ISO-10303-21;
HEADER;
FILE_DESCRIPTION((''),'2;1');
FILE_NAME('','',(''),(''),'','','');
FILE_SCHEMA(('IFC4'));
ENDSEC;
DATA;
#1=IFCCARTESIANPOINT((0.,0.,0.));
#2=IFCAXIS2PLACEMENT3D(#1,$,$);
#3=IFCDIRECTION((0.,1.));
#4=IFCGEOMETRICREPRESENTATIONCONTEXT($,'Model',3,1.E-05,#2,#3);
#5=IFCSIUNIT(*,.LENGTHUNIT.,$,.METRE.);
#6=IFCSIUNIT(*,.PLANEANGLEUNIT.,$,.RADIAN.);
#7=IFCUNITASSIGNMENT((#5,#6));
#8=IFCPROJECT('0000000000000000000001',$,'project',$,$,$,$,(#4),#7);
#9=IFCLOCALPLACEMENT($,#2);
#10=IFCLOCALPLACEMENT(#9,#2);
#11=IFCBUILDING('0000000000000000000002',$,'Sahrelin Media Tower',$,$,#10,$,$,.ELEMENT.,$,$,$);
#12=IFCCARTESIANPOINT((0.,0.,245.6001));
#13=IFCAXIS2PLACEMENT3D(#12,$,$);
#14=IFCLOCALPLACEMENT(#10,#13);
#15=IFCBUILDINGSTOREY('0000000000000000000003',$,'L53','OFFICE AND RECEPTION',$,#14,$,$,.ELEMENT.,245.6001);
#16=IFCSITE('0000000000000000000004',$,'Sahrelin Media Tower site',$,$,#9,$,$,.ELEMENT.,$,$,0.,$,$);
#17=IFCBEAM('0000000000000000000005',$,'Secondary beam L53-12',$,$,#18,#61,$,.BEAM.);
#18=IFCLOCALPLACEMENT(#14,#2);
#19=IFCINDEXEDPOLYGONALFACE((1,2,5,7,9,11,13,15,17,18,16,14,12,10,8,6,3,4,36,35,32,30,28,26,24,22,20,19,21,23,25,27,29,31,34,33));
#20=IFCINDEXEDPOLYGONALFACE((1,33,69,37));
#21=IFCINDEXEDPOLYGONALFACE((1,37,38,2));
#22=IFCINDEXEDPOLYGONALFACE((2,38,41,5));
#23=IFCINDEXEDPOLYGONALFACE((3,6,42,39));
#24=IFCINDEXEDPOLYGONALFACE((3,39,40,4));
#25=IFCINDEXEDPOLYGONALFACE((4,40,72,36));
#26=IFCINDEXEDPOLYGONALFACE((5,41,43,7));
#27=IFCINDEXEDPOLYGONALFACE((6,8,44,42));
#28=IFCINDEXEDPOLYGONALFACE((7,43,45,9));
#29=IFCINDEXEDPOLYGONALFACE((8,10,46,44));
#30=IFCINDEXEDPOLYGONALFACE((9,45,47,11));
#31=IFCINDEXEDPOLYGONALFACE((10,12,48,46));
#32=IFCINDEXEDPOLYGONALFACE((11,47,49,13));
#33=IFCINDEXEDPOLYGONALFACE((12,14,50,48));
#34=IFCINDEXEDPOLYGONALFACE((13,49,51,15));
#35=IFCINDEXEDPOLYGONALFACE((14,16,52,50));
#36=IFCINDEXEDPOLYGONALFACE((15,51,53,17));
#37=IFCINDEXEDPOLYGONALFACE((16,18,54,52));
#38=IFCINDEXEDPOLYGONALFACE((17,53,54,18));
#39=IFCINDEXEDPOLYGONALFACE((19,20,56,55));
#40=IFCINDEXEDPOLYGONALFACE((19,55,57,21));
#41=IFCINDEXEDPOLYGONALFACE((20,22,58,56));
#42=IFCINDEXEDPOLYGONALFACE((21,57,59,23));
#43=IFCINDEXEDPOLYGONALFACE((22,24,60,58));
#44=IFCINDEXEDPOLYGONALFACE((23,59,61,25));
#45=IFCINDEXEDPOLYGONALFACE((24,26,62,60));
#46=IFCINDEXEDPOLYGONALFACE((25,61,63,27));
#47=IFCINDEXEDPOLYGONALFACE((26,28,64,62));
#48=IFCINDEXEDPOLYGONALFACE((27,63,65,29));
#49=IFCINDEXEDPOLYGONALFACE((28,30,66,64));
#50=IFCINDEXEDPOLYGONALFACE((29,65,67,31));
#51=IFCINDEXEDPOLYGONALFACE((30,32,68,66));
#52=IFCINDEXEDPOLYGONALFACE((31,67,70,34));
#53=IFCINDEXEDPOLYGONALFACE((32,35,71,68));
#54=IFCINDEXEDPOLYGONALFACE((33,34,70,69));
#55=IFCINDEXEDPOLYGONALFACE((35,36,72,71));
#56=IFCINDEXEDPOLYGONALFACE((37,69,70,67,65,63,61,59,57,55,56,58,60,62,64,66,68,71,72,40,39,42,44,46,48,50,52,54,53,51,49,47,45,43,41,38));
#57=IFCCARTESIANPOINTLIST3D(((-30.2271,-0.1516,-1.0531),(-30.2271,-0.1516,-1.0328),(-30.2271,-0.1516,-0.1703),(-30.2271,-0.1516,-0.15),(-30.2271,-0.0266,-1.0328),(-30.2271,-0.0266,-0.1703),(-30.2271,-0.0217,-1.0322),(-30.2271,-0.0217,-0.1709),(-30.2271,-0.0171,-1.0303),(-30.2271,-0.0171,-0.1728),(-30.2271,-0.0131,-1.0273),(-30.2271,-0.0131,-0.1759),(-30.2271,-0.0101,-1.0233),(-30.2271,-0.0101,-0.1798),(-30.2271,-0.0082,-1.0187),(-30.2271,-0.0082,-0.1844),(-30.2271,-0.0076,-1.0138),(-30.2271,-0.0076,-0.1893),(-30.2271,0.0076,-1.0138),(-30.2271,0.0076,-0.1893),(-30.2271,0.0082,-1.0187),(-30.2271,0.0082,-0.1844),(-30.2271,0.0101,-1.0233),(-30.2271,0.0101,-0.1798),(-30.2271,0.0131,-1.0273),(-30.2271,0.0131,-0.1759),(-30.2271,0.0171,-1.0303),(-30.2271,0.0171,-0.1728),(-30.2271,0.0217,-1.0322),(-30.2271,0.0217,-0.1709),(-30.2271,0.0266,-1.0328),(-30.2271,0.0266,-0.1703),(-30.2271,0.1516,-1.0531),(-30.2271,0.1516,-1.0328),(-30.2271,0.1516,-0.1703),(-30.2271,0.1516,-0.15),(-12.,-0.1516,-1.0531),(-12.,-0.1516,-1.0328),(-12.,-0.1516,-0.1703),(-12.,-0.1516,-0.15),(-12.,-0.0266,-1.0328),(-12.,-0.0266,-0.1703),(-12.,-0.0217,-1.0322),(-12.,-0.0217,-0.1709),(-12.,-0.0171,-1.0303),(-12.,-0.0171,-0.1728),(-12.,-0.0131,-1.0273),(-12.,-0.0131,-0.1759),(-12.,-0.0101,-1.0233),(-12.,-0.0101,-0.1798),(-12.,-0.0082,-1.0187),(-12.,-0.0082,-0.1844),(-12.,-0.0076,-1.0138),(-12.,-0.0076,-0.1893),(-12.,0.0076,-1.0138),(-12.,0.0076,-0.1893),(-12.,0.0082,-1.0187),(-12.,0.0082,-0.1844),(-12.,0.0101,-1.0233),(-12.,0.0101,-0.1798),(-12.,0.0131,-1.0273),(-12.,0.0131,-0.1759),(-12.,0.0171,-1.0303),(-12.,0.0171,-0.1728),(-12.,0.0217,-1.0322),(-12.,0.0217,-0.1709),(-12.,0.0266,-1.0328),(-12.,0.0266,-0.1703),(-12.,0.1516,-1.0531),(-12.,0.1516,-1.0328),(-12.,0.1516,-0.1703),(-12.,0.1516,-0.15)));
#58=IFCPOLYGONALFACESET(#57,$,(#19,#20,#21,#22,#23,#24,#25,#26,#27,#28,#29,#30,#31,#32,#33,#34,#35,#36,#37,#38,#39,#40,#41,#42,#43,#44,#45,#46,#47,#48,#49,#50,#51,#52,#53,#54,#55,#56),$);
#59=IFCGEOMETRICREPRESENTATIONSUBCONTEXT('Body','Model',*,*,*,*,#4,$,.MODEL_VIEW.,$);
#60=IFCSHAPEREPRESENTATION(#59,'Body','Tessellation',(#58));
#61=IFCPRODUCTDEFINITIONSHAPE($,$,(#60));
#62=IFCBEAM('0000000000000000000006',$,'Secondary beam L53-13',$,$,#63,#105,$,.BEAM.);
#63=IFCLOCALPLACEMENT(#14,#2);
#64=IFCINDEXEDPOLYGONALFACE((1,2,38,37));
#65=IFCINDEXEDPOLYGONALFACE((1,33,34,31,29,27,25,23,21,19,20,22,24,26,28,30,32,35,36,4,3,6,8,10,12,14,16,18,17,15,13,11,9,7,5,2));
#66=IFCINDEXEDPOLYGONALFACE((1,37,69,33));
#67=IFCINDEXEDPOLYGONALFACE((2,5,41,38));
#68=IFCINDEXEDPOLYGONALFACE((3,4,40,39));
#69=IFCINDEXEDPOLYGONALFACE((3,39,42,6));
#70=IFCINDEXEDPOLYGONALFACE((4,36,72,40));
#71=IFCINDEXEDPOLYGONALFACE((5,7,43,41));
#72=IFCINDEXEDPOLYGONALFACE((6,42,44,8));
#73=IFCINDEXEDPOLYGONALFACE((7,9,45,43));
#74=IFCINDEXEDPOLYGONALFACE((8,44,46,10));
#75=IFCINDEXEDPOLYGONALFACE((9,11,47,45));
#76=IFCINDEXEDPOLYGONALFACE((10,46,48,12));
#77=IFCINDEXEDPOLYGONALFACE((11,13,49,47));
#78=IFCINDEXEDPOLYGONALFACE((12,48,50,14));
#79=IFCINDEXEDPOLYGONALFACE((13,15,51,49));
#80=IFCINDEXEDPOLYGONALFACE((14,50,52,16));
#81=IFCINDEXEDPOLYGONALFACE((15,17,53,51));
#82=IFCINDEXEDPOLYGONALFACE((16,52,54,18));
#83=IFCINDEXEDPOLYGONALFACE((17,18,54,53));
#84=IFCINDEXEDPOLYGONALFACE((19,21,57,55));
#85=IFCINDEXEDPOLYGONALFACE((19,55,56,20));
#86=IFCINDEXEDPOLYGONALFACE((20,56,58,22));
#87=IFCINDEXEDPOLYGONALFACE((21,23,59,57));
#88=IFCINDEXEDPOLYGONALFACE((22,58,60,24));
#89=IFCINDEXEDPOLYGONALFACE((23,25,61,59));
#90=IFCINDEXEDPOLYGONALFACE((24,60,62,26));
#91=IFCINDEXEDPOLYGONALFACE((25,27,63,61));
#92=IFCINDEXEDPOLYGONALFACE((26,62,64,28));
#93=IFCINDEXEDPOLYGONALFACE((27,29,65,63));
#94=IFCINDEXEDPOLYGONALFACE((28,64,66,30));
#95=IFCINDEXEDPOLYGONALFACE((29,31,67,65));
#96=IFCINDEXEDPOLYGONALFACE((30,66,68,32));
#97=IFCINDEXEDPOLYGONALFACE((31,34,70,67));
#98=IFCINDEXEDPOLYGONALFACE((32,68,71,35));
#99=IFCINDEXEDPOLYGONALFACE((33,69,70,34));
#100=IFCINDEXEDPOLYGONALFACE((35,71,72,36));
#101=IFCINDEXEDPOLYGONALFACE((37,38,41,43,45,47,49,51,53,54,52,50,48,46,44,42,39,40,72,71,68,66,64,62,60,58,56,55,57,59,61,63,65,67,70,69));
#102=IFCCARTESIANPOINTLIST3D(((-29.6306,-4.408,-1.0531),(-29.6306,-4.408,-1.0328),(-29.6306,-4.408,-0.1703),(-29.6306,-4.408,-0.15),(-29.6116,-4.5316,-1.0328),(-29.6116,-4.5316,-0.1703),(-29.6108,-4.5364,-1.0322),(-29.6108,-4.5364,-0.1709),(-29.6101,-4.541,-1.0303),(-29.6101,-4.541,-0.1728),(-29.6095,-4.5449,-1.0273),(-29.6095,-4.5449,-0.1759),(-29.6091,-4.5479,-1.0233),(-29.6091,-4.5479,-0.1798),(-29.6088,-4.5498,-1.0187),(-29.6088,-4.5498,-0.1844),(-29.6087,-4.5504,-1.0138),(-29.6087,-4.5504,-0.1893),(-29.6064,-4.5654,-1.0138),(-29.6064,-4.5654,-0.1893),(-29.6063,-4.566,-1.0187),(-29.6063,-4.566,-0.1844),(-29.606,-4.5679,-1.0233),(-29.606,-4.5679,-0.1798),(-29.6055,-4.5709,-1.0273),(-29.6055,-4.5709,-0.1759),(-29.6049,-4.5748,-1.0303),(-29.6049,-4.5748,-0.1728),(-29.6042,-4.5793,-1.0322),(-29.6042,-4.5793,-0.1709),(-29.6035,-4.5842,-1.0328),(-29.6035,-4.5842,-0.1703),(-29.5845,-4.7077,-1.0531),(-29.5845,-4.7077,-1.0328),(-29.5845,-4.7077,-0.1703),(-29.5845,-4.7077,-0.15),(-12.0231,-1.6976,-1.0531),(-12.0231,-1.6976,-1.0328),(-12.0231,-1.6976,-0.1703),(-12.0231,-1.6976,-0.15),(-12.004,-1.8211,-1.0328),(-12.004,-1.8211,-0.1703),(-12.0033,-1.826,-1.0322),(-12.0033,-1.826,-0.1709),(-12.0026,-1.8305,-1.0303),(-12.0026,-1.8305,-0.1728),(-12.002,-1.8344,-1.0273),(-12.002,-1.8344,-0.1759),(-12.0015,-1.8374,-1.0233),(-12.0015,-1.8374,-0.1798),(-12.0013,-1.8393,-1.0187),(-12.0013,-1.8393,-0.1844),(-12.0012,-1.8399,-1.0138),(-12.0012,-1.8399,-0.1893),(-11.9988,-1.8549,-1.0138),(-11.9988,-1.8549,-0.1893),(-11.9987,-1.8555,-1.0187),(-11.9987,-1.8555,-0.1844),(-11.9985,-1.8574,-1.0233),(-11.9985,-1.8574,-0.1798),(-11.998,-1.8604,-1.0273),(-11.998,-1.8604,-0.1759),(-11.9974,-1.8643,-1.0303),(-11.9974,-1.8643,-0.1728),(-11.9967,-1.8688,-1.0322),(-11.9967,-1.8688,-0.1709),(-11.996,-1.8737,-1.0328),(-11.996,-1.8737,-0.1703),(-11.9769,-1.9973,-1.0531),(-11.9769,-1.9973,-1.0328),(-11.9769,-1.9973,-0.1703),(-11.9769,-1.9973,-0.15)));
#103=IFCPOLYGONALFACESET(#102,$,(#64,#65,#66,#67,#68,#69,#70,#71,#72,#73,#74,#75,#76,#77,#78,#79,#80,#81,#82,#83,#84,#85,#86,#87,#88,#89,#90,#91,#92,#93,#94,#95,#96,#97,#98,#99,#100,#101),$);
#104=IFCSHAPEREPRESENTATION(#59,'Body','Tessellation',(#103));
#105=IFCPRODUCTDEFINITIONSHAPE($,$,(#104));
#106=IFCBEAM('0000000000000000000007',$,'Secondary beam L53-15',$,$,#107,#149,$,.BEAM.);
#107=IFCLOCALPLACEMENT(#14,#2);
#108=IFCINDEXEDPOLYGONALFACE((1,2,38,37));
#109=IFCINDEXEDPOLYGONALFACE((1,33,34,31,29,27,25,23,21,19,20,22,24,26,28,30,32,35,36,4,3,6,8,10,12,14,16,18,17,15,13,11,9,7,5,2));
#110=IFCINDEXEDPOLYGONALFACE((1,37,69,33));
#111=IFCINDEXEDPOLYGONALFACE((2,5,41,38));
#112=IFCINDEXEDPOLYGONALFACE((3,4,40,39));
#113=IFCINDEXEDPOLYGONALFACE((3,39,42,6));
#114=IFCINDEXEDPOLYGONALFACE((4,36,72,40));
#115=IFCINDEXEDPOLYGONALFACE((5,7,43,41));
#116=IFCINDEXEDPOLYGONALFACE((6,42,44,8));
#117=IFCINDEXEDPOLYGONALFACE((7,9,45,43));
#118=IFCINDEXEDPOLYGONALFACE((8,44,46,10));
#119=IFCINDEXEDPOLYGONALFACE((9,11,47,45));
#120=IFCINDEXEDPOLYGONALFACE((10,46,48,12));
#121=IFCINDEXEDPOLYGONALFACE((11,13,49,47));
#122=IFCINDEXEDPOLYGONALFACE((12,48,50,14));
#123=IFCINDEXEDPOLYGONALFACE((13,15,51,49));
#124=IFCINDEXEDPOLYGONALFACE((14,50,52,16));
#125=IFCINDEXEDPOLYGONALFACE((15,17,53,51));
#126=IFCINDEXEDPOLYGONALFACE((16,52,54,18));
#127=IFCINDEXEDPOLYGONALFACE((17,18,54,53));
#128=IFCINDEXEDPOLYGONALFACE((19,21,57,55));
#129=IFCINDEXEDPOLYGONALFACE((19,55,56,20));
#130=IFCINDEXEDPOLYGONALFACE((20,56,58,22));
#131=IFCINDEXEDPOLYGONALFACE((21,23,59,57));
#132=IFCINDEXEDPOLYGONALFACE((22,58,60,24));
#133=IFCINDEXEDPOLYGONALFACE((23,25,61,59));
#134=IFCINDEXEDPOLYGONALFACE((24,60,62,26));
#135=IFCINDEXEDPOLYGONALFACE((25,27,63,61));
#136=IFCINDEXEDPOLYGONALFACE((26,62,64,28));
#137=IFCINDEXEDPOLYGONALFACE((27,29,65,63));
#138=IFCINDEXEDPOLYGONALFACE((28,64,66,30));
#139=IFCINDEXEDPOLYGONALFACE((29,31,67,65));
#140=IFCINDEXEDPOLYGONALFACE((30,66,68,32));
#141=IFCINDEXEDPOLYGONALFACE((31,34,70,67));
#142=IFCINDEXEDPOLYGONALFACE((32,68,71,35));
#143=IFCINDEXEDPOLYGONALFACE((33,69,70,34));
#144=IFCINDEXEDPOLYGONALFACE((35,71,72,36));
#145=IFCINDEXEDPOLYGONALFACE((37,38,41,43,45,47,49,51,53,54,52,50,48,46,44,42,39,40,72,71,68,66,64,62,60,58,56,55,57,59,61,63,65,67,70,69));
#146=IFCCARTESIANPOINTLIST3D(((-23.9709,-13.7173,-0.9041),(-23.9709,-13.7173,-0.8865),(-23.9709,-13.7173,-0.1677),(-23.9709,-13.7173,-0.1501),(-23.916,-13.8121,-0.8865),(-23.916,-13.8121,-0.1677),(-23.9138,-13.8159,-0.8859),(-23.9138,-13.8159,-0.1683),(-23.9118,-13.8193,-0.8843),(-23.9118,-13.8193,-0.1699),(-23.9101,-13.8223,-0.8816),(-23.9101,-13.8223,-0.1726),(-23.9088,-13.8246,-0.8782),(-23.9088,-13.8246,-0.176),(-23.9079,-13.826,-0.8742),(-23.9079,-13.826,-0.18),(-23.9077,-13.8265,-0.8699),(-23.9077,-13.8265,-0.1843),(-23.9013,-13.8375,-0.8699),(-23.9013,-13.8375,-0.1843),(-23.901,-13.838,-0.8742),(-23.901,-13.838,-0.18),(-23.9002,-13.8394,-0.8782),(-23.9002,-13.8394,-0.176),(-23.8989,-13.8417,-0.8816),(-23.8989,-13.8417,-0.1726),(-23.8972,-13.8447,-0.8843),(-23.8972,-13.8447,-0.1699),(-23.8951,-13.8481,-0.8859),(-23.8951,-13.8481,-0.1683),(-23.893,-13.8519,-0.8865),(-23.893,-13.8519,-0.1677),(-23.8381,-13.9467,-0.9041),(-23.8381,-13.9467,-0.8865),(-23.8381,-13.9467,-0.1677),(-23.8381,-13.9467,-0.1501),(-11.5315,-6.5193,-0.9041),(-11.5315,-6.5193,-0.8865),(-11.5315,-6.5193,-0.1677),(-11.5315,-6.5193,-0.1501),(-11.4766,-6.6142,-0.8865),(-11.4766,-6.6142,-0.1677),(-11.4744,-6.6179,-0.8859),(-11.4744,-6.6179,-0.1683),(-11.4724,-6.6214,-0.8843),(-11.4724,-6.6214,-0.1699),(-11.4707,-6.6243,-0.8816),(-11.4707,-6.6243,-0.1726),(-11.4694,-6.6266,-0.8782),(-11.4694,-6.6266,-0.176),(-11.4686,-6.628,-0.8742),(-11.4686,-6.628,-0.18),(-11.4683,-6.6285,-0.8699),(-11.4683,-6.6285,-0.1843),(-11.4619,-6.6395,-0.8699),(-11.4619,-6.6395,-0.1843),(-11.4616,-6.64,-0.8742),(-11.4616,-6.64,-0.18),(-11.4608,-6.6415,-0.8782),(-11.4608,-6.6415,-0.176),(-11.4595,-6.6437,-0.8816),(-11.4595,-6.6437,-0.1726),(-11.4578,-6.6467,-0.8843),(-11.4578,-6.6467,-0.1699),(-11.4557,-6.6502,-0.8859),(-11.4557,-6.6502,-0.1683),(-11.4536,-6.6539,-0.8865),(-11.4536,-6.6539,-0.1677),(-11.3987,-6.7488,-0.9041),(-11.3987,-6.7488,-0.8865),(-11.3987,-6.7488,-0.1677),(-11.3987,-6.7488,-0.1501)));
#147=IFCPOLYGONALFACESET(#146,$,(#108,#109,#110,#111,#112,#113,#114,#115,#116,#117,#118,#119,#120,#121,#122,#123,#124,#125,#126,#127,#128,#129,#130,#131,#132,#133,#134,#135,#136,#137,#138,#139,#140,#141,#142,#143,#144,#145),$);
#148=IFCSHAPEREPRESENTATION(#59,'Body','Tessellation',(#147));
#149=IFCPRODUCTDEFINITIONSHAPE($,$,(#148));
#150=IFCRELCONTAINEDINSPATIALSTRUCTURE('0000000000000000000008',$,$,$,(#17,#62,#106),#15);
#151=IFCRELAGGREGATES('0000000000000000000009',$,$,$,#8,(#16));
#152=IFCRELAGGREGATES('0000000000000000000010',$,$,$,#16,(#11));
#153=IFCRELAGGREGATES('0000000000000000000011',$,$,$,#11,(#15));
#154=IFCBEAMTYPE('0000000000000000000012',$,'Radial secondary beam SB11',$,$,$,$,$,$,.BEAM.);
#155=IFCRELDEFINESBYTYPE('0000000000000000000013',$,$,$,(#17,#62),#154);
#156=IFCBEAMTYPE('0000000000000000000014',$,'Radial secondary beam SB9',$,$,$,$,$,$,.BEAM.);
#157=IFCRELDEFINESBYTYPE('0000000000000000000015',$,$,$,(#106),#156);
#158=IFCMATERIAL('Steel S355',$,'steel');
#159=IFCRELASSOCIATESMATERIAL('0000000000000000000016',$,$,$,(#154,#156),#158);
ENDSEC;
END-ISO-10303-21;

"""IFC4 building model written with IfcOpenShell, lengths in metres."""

from ifc_helpers import new_model, si_unit, direction, frame, origin, origin_2d, place, context, subcontext, project, spatial, i_section, extrude, material, material_profile, profile_set, type_object, element, save


model = new_model("IFC4")

# Units and contexts
model_context = context("Model", 3, precision=1e-05, world=origin(), true_north=direction((0.0, 1.0)))
body_context = subcontext(model_context, "Body", "Model", "MODEL_VIEW")
ifc_project = project(units=[si_unit("LENGTHUNIT", "METRE"), si_unit("PLANEANGLEUNIT", "RADIAN")], contexts=[model_context])

# Site, building, storey
site_placement = place(None, origin())
site = spatial("IfcSite", under=ifc_project, at=site_placement, Name="Sahrelin Media Tower site", CompositionType="ELEMENT", RefElevation=0.0)
building_placement = place(site_placement, origin())
building = spatial("IfcBuilding", under=site, at=building_placement, Name="Sahrelin Media Tower", CompositionType="ELEMENT")
storey_placement = place(building_placement, frame((0.0, 0.0, 245.6001)))
storey = spatial("IfcBuildingStorey", under=building, at=storey_placement, Name="L53", Description="OFFICE AND RECEPTION", CompositionType="ELEMENT", Elevation=245.6001)

# Beams
ifc_material_1 = material(Name="Steel S355", Category="steel")
ifc_material_profile_1 = material_profile(ifc_material_1, i_section(OverallWidth=0.3032, OverallDepth=0.9031, WebThickness=0.0151, FlangeThickness=0.0203, FilletRadius=0.019, at=origin_2d()), Name="UB 914x305x201")
ifc_profile_set_1 = profile_set([ifc_material_profile_1], Name="Steel S355")
beam_type_1 = type_object("IfcBeamType", Name="Radial secondary beam SB11", PredefinedType="BEAM", material=ifc_profile_set_1)
beam_1_placement = place(storey_placement, frame((-12.0, 0.0, -0.6016), z_axis=(-1.0, 0.0, 0.0), x_axis=(0.0, -1.0, 0.0)))
element("IfcBeam", 1, at=beam_1_placement, inside=storey, type_object=beam_type_1, Name="Secondary beam L53-12", PredefinedType="BEAM", context=body_context, shape_type="SweptSolid", body=[
    extrude(i_section(OverallWidth=0.3032, OverallDepth=0.9031, WebThickness=0.0151, FlangeThickness=0.0203, FilletRadius=0.019, at=origin_2d()), origin(), (0.0, 0.0, 1.0), 18.2271),
])
beam_2_placement = place(storey_placement, frame((-12.0, -1.8474, -0.6016), z_axis=(-0.988358, -0.152146, 0.0), x_axis=(0.152146, -0.988358, 0.0)))
element("IfcBeam", 2, at=beam_2_placement, inside=storey, type_object=beam_type_1, Name="Secondary beam L53-13", PredefinedType="BEAM", context=body_context, shape_type="SweptSolid", body=[
    extrude(i_section(OverallWidth=0.3032, OverallDepth=0.9031, WebThickness=0.0151, FlangeThickness=0.0203, FilletRadius=0.019, at=origin_2d()), origin(), (0.0, 0.0, 1.0), 17.8149),
])
ifc_material_profile_2 = material_profile(ifc_material_1, i_section(OverallWidth=0.2651, OverallDepth=0.7539, WebThickness=0.0127, FlangeThickness=0.0176, FilletRadius=0.0166, at=origin_2d()), Name="UB 762x267x147")
ifc_profile_set_2 = profile_set([ifc_material_profile_2], Name="Steel S355")
beam_type_2 = type_object("IfcBeamType", Name="Radial secondary beam SB9", PredefinedType="BEAM", material=ifc_profile_set_2)
beam_3_placement = place(storey_placement, frame((-11.4651, -6.634, -0.5271), z_axis=(-0.865541, -0.500839, 0.0), x_axis=(0.500839, -0.865541, 0.0)))
element("IfcBeam", 3, at=beam_3_placement, inside=storey, type_object=beam_type_2, Name="Secondary beam L53-15", PredefinedType="BEAM", context=body_context, shape_type="SweptSolid", body=[
    extrude(i_section(OverallWidth=0.2651, OverallDepth=0.7539, WebThickness=0.0127, FlangeThickness=0.0176, FilletRadius=0.0166, at=origin_2d()), origin(), (0.0, 0.0, 1.0), 14.3718),
])

save(model, "model.ifc")
